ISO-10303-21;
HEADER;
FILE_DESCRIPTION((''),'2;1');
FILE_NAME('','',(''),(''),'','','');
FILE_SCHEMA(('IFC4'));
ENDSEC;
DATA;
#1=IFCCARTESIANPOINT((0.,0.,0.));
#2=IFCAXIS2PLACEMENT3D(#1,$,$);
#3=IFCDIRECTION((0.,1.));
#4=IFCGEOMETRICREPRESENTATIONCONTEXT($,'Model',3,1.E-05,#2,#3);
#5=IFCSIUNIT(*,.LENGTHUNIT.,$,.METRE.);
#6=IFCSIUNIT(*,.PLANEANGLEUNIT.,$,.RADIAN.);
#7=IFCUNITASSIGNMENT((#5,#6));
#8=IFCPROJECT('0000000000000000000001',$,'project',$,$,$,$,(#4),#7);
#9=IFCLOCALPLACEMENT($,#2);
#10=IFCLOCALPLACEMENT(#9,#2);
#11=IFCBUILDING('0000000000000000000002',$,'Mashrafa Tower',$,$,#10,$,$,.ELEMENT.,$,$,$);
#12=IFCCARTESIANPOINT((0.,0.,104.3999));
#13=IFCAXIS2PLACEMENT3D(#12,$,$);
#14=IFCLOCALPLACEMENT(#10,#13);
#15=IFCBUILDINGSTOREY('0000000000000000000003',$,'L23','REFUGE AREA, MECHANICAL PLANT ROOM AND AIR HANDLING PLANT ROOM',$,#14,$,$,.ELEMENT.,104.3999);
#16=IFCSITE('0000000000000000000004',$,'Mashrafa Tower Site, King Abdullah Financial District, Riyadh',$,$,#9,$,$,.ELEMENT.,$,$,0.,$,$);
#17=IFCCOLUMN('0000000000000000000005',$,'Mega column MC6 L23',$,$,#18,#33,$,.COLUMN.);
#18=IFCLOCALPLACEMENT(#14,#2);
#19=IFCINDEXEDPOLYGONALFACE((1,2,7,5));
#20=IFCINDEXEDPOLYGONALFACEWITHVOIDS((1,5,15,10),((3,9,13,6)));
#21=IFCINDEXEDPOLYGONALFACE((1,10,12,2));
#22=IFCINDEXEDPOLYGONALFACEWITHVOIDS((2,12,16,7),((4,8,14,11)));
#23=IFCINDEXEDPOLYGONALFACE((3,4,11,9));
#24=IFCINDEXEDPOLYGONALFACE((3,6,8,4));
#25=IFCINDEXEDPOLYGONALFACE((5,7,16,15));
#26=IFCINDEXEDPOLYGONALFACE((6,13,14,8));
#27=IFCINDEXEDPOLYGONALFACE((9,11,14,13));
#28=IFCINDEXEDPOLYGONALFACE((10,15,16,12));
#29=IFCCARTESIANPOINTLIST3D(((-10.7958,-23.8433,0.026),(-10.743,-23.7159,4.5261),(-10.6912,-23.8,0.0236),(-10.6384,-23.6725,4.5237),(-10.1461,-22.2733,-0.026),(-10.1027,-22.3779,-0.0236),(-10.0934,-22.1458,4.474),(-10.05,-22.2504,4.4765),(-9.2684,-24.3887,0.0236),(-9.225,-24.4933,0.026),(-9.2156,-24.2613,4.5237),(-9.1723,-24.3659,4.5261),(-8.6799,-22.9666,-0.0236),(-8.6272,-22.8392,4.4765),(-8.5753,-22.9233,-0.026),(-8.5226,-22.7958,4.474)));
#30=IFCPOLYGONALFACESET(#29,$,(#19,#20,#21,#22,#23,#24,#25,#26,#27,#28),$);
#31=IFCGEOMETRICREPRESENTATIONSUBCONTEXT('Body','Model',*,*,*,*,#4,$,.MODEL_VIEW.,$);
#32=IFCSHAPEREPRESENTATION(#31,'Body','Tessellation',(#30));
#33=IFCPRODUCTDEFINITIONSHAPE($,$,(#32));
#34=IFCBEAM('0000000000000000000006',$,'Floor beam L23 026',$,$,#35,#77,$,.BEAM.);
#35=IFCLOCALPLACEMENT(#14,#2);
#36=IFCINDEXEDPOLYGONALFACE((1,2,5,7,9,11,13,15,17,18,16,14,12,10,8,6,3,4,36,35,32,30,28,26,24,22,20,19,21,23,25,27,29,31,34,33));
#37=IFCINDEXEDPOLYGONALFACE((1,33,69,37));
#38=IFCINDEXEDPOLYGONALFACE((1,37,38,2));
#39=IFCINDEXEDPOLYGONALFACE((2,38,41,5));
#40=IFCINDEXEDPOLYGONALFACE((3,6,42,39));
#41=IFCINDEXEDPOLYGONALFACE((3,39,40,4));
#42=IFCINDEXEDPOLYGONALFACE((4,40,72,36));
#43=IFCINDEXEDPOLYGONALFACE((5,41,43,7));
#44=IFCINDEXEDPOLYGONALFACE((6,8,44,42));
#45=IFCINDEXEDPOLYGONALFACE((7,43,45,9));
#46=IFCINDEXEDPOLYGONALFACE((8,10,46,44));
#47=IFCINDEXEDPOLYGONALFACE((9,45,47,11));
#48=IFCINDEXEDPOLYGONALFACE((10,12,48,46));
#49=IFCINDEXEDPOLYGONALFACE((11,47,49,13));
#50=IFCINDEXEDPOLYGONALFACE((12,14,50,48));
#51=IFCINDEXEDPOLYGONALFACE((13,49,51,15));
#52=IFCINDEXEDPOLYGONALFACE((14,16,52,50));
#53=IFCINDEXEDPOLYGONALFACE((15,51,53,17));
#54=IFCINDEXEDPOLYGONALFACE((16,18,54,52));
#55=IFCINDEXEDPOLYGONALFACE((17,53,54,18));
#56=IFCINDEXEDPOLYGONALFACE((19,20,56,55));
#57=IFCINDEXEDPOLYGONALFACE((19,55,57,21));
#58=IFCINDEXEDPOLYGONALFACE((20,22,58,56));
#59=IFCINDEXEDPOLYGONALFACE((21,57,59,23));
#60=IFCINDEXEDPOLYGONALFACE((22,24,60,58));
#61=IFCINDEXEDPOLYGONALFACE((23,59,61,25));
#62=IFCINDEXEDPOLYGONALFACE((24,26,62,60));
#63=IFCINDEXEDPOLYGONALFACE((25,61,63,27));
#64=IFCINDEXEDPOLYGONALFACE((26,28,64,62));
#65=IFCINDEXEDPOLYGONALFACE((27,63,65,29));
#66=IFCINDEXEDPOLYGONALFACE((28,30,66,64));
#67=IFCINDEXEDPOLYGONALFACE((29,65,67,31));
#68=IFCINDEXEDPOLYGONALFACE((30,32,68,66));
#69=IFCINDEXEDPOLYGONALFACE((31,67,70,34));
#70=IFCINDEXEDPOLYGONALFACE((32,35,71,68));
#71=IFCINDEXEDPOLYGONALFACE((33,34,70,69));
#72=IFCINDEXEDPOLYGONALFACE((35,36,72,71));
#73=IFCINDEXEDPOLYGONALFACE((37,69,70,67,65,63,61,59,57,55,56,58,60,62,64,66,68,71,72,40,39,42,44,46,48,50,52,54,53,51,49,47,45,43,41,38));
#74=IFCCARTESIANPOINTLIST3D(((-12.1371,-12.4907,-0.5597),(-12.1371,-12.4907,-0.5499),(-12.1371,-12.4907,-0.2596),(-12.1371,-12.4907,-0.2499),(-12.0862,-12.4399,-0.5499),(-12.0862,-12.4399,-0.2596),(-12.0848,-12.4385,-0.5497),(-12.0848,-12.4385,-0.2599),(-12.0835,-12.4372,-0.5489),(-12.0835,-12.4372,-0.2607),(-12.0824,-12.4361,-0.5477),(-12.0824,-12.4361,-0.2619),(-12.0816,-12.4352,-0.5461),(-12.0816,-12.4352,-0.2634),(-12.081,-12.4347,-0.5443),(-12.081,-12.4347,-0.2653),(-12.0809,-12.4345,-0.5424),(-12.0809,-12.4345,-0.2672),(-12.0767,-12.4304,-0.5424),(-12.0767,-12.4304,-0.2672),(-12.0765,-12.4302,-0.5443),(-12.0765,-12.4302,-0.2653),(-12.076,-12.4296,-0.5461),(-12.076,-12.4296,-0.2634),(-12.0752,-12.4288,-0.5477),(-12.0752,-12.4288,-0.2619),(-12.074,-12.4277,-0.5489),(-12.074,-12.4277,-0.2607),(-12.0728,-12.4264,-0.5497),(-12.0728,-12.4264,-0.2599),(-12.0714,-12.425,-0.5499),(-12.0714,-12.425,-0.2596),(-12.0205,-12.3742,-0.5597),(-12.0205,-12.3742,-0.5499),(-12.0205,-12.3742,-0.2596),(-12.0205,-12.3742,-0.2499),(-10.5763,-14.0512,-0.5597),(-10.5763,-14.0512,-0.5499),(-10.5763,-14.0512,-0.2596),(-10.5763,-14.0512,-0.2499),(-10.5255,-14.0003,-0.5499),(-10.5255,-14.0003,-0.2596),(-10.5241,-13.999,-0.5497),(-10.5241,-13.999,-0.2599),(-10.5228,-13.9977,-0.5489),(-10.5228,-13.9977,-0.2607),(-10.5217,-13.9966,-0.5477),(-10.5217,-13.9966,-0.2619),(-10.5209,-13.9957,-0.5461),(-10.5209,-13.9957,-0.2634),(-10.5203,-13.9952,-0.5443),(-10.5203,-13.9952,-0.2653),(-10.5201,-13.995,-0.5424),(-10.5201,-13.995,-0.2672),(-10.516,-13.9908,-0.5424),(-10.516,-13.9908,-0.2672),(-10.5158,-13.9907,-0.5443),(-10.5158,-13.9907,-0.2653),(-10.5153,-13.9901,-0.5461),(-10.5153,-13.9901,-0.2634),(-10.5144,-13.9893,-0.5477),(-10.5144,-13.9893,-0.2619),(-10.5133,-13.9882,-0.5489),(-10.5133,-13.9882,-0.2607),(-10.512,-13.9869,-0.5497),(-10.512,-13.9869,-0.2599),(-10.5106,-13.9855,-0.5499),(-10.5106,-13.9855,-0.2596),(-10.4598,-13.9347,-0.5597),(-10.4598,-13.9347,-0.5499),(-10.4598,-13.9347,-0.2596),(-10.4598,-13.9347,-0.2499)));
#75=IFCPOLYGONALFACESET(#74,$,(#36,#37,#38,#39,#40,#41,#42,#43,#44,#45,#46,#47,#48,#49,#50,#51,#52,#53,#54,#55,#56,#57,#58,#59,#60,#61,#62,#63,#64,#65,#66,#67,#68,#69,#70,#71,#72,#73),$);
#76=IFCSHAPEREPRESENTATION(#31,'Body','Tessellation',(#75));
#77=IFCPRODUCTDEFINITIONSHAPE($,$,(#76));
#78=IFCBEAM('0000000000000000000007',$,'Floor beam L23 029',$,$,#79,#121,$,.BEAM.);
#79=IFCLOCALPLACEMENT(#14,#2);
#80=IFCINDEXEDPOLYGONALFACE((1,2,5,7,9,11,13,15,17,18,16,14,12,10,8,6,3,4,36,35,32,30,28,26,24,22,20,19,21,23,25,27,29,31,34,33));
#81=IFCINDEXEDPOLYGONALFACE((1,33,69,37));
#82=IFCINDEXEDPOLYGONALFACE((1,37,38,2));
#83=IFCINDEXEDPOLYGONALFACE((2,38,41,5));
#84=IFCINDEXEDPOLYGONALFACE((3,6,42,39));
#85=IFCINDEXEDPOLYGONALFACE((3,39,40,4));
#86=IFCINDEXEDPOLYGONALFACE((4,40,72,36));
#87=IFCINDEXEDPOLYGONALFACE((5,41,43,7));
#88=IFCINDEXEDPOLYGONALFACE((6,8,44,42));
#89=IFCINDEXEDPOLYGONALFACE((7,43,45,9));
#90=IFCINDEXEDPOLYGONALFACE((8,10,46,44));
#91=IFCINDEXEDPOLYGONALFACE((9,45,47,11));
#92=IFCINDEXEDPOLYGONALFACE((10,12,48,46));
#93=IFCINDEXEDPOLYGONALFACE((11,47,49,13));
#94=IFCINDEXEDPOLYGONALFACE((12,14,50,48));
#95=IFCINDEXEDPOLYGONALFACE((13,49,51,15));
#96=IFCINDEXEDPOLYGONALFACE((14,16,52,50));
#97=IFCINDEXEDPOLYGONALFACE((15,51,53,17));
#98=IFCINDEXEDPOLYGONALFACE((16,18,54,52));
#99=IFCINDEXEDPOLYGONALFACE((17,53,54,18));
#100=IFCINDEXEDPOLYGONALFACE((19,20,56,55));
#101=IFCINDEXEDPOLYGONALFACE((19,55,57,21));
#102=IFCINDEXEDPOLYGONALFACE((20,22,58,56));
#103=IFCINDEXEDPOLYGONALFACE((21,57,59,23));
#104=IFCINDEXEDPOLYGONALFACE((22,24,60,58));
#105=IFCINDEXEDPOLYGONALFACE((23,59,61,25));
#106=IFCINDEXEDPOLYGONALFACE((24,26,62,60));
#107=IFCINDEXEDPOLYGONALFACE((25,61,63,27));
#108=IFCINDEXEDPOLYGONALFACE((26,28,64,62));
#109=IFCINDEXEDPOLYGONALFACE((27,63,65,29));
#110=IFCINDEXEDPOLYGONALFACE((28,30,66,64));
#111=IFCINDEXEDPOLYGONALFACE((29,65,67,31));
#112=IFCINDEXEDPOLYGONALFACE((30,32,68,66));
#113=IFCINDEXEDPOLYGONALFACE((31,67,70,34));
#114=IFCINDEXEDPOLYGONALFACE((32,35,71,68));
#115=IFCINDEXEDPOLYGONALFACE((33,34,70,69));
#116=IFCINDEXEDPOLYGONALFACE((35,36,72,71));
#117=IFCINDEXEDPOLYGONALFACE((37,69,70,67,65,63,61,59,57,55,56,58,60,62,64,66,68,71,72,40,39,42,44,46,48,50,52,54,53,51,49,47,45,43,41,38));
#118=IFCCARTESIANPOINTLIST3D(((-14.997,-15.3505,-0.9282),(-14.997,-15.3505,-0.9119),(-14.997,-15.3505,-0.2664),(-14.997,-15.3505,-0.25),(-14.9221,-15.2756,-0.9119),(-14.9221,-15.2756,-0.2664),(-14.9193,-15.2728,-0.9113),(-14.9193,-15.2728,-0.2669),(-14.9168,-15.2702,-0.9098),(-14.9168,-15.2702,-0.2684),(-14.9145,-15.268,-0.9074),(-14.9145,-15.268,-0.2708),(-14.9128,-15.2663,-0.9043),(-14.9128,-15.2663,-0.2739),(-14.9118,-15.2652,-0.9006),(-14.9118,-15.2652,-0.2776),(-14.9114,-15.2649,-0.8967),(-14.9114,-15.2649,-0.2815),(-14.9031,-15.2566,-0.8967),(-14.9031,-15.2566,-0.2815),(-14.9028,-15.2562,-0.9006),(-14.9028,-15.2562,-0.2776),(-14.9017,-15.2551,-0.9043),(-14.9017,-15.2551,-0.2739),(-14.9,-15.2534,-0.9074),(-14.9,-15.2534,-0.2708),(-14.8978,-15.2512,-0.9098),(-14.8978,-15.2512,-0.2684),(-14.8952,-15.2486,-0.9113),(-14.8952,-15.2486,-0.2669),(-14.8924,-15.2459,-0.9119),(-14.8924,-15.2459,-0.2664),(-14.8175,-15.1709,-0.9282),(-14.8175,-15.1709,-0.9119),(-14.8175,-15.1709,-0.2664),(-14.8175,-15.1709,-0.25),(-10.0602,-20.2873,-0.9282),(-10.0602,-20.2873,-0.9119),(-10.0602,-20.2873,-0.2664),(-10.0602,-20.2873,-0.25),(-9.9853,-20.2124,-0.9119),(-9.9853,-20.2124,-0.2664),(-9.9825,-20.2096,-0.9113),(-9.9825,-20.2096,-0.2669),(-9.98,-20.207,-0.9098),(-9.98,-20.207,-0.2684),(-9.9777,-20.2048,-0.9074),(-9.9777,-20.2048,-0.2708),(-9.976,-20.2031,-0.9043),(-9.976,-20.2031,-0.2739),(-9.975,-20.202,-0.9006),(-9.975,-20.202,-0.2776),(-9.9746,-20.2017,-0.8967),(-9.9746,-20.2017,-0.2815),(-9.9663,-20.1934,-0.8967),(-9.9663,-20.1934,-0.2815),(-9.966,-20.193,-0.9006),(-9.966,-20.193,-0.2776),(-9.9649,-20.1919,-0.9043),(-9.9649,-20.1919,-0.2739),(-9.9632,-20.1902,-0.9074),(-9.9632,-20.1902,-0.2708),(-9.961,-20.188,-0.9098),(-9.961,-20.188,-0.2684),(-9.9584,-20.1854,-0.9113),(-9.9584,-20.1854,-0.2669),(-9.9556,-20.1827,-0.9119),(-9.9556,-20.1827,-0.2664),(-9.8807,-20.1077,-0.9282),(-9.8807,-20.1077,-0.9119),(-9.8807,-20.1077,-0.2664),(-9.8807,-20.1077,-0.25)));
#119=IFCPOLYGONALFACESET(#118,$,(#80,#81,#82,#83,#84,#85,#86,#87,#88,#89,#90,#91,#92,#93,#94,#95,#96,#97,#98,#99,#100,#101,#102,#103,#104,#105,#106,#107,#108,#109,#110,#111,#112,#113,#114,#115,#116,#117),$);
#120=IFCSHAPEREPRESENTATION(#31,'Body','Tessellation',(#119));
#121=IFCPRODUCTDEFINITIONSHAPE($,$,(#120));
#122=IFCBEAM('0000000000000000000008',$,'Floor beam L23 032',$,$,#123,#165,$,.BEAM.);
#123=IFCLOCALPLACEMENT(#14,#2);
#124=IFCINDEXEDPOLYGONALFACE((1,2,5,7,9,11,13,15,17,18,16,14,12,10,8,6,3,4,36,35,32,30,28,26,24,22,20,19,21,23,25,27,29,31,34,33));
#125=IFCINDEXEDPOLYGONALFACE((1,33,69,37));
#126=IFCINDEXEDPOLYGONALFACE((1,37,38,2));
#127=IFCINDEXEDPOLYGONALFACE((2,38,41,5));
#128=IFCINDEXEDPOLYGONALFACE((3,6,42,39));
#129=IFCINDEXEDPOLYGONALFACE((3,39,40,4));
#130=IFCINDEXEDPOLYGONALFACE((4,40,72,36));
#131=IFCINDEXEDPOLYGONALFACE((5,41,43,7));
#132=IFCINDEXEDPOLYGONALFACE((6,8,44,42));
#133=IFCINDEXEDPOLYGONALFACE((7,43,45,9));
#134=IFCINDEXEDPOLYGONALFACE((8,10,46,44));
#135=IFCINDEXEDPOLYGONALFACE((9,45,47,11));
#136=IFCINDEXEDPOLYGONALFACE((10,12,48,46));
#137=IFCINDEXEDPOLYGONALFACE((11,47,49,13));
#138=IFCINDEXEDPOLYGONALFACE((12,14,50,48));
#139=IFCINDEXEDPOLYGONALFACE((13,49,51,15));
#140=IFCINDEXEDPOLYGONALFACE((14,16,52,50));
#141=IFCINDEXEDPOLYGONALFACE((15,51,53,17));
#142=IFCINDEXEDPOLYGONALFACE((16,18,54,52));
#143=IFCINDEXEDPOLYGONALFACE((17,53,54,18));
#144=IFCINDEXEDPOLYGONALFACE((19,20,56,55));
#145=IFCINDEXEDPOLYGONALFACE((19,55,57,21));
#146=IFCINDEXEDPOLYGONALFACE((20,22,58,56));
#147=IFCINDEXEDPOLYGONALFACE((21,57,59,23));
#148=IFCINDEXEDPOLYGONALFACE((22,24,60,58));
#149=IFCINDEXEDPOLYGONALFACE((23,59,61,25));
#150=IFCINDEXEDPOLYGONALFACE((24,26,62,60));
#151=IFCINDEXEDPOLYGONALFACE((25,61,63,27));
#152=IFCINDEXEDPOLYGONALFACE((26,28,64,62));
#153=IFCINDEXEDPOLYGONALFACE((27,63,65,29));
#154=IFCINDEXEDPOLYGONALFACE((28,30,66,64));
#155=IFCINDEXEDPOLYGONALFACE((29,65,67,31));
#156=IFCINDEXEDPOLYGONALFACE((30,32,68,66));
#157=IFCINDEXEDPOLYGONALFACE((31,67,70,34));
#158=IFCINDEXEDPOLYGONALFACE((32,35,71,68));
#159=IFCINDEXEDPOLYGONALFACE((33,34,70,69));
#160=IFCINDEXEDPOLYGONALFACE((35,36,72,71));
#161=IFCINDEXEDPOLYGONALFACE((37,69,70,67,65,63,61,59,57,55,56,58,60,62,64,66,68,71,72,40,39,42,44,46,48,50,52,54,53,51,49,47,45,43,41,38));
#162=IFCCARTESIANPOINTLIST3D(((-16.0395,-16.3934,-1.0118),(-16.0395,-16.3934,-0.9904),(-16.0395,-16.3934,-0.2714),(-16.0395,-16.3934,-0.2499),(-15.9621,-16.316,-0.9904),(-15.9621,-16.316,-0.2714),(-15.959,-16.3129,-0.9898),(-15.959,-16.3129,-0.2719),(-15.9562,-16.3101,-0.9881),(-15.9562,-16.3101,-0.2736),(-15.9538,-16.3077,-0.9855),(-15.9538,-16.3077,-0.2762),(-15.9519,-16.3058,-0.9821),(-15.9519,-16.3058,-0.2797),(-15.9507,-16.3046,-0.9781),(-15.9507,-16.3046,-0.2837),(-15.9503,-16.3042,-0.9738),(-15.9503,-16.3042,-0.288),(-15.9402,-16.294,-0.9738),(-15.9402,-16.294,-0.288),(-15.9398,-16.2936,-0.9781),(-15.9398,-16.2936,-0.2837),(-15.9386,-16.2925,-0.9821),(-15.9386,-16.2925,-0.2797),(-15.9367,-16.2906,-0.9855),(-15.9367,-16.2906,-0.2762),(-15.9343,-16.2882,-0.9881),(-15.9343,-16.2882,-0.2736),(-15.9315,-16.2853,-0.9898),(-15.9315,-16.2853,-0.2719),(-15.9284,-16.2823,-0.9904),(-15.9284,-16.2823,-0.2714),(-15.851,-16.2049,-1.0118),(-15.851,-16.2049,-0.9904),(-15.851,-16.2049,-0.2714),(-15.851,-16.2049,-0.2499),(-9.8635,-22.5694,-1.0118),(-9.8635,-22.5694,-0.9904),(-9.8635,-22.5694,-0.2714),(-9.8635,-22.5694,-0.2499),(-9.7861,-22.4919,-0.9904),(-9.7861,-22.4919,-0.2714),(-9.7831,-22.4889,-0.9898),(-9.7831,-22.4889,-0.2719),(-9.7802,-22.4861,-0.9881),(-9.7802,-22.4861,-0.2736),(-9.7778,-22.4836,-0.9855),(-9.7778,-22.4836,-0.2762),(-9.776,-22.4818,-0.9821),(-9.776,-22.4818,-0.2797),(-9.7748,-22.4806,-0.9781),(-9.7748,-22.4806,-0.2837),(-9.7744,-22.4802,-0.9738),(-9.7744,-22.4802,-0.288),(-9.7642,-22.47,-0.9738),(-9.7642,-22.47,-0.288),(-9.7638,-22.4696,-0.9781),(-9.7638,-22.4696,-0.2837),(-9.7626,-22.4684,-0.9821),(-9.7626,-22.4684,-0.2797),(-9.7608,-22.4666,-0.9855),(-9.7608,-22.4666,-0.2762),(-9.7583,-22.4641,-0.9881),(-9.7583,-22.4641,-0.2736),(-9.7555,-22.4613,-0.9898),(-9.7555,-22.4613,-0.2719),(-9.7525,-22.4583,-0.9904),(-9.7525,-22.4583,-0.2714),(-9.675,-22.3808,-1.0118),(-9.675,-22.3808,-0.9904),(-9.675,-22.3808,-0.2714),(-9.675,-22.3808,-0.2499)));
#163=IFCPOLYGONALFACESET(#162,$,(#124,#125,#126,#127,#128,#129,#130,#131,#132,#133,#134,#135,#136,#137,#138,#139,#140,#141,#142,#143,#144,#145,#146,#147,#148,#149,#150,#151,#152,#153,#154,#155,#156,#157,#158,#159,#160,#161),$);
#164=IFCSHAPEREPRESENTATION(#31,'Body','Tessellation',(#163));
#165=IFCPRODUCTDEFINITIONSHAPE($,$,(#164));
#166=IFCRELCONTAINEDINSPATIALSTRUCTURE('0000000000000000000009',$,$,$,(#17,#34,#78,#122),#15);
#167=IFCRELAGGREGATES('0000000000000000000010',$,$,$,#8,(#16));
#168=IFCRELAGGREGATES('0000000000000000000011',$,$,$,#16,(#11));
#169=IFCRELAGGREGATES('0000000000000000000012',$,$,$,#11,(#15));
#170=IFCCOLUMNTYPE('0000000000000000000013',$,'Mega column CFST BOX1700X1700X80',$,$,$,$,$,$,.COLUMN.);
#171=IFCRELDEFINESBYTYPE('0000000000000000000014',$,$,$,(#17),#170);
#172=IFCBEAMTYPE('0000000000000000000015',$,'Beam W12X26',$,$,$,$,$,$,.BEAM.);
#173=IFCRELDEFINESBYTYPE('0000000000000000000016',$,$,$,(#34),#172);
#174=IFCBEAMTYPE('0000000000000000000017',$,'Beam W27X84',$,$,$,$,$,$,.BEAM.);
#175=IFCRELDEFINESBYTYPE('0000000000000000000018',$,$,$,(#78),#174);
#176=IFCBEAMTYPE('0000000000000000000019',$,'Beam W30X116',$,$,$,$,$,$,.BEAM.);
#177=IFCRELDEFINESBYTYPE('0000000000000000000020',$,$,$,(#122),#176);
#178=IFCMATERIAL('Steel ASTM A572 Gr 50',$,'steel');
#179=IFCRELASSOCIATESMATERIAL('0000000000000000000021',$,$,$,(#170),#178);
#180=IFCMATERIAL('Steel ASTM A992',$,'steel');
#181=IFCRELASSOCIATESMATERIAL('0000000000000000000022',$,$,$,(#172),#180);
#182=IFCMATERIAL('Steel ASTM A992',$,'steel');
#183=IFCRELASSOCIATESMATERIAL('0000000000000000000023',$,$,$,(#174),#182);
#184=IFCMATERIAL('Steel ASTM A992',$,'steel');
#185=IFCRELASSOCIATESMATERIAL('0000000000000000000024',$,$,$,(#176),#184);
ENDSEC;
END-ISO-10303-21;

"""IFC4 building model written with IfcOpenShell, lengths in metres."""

from ifc_helpers import new_model, si_unit, direction, frame, origin, origin_2d, place, context, subcontext, project, spatial, hollow_rectangle, i_section, extrude, material, material_profile, profile_set, type_object, element, save


model = new_model("IFC4")

# Units and contexts
model_context = context("Model", 3, precision=1e-05, world=origin(), true_north=direction((0.0, 1.0)))
body_context = subcontext(model_context, "Body", "Model", "MODEL_VIEW")
ifc_project = project(units=[si_unit("LENGTHUNIT", "METRE"), si_unit("PLANEANGLEUNIT", "RADIAN")], contexts=[model_context])

# Site, building, storey
site_placement = place(None, origin())
site = spatial("IfcSite", under=ifc_project, at=site_placement, Name="Mashrafa Tower Site, King Abdullah Financial District, Riyadh", CompositionType="ELEMENT", RefElevation=0.0)
building_placement = place(site_placement, origin())
building = spatial("IfcBuilding", under=site, at=building_placement, Name="Mashrafa Tower", CompositionType="ELEMENT")
storey_placement = place(building_placement, frame((0.0, 0.0, 104.3999)))
storey = spatial("IfcBuildingStorey", under=building, at=storey_placement, Name="L23", Description="REFUGE AREA, MECHANICAL PLANT ROOM AND AIR HANDLING PLANT ROOM", CompositionType="ELEMENT", Elevation=104.3999)

# Column
ifc_material_1 = material(Name="Steel ASTM A572 Gr 50", Category="steel")
ifc_material_profile_1 = material_profile(ifc_material_1, hollow_rectangle(XDim=1.7, YDim=1.7, WallThickness=0.0801, at=origin_2d()), Name="BOX1700X1700X80")
ifc_profile_set_1 = profile_set([ifc_material_profile_1], Name="Steel ASTM A572 Gr 50")
column_type = type_object("IfcColumnType", Name="Mega column CFST BOX1700X1700X80", PredefinedType="COLUMN", material=ifc_profile_set_1)
column_placement = place(storey_placement, frame((-9.6855, -23.3833, 0.0), z_axis=(0.011713, 0.028307, 0.999531), x_axis=(-0.924017, 0.382352, 0.0)))
element("IfcColumn", 1, at=column_placement, inside=storey, type_object=column_type, Name="Mega column MC6 L23", PredefinedType="COLUMN", context=body_context, shape_type="SweptSolid", body=[
    extrude(hollow_rectangle(XDim=1.7, YDim=1.7, WallThickness=0.0801, at=origin_2d()), origin(), (0.0, 0.0, 1.0), 4.5022),
])

# Beams
ifc_material_2 = material(Name="Steel ASTM A992", Category="steel")
ifc_material_profile_2 = material_profile(ifc_material_2, i_section(OverallWidth=0.1648, OverallDepth=0.3098, WebThickness=0.0059, FlangeThickness=0.0098, FilletRadius=0.0076, at=origin_2d()), Name="W12X26")
ifc_profile_set_2 = profile_set([ifc_material_profile_2], Name="Steel ASTM A992")
beam_type_1 = type_object("IfcBeamType", Name="Beam W12X26", PredefinedType="BEAM", material=ifc_profile_set_2)
beam_1_placement = place(storey_placement, frame((-10.5181, -13.9929, -0.4048), z_axis=(-0.707162, 0.707051, 0.0), x_axis=(-0.707051, -0.707162, 0.0)))
element("IfcBeam", 2, at=beam_1_placement, inside=storey, type_object=beam_type_1, Name="Floor beam L23 026", PredefinedType="BEAM", context=body_context, shape_type="SweptSolid", body=[
    extrude(i_section(OverallWidth=0.1648, OverallDepth=0.3098, WebThickness=0.0059, FlangeThickness=0.0098, FilletRadius=0.0076, at=origin_2d()), origin(), (0.0, 0.0, 1.0), 2.207),
])
ifc_material_3 = material(Name="Steel ASTM A992", Category="steel")
ifc_material_profile_3 = material_profile(ifc_material_3, i_section(OverallWidth=0.2539, OverallDepth=0.6782, WebThickness=0.0117, FlangeThickness=0.0164, FilletRadius=0.0151, at=origin_2d()), Name="W27X84")
ifc_profile_set_3 = profile_set([ifc_material_profile_3], Name="Steel ASTM A992")
beam_type_2 = type_object("IfcBeamType", Name="Beam W27X84", PredefinedType="BEAM", material=ifc_profile_set_3)
beam_2_placement = place(storey_placement, frame((-9.9705, -20.1975, -0.5891), z_axis=(-0.707107, 0.707107, 0.0), x_axis=(-0.707107, -0.707107, 0.0)))
element("IfcBeam", 3, at=beam_2_placement, inside=storey, type_object=beam_type_2, Name="Floor beam L23 029", PredefinedType="BEAM", context=body_context, shape_type="SweptSolid", body=[
    extrude(i_section(OverallWidth=0.2539, OverallDepth=0.6782, WebThickness=0.0117, FlangeThickness=0.0164, FilletRadius=0.0151, at=origin_2d()), origin(), (0.0, 0.0, 1.0), 6.9817),
])
ifc_material_4 = material(Name="Steel ASTM A992", Category="steel")
ifc_material_profile_4 = material_profile(ifc_material_4, i_section(OverallWidth=0.2666, OverallDepth=0.762, WebThickness=0.0144, FlangeThickness=0.0215, FilletRadius=0.0166, at=origin_2d()), Name="W30X116")
ifc_profile_set_4 = profile_set([ifc_material_profile_4], Name="Steel ASTM A992")
beam_type_3 = type_object("IfcBeamType", Name="Beam W30X116", PredefinedType="BEAM", material=ifc_profile_set_4)
beam_3_placement = place(storey_placement, frame((-9.7693, -22.4751, -0.6309), z_axis=(-0.707107, 0.707107, 0.0), x_axis=(-0.707107, -0.707107, 0.0)))
element("IfcBeam", 4, at=beam_3_placement, inside=storey, type_object=beam_type_3, Name="Floor beam L23 032", PredefinedType="BEAM", context=body_context, shape_type="SweptSolid", body=[
    extrude(i_section(OverallWidth=0.2666, OverallDepth=0.762, WebThickness=0.0144, FlangeThickness=0.0215, FilletRadius=0.0166, at=origin_2d()), origin(), (0.0, 0.0, 1.0), 8.7341),
])

save(model, "model.ifc")
